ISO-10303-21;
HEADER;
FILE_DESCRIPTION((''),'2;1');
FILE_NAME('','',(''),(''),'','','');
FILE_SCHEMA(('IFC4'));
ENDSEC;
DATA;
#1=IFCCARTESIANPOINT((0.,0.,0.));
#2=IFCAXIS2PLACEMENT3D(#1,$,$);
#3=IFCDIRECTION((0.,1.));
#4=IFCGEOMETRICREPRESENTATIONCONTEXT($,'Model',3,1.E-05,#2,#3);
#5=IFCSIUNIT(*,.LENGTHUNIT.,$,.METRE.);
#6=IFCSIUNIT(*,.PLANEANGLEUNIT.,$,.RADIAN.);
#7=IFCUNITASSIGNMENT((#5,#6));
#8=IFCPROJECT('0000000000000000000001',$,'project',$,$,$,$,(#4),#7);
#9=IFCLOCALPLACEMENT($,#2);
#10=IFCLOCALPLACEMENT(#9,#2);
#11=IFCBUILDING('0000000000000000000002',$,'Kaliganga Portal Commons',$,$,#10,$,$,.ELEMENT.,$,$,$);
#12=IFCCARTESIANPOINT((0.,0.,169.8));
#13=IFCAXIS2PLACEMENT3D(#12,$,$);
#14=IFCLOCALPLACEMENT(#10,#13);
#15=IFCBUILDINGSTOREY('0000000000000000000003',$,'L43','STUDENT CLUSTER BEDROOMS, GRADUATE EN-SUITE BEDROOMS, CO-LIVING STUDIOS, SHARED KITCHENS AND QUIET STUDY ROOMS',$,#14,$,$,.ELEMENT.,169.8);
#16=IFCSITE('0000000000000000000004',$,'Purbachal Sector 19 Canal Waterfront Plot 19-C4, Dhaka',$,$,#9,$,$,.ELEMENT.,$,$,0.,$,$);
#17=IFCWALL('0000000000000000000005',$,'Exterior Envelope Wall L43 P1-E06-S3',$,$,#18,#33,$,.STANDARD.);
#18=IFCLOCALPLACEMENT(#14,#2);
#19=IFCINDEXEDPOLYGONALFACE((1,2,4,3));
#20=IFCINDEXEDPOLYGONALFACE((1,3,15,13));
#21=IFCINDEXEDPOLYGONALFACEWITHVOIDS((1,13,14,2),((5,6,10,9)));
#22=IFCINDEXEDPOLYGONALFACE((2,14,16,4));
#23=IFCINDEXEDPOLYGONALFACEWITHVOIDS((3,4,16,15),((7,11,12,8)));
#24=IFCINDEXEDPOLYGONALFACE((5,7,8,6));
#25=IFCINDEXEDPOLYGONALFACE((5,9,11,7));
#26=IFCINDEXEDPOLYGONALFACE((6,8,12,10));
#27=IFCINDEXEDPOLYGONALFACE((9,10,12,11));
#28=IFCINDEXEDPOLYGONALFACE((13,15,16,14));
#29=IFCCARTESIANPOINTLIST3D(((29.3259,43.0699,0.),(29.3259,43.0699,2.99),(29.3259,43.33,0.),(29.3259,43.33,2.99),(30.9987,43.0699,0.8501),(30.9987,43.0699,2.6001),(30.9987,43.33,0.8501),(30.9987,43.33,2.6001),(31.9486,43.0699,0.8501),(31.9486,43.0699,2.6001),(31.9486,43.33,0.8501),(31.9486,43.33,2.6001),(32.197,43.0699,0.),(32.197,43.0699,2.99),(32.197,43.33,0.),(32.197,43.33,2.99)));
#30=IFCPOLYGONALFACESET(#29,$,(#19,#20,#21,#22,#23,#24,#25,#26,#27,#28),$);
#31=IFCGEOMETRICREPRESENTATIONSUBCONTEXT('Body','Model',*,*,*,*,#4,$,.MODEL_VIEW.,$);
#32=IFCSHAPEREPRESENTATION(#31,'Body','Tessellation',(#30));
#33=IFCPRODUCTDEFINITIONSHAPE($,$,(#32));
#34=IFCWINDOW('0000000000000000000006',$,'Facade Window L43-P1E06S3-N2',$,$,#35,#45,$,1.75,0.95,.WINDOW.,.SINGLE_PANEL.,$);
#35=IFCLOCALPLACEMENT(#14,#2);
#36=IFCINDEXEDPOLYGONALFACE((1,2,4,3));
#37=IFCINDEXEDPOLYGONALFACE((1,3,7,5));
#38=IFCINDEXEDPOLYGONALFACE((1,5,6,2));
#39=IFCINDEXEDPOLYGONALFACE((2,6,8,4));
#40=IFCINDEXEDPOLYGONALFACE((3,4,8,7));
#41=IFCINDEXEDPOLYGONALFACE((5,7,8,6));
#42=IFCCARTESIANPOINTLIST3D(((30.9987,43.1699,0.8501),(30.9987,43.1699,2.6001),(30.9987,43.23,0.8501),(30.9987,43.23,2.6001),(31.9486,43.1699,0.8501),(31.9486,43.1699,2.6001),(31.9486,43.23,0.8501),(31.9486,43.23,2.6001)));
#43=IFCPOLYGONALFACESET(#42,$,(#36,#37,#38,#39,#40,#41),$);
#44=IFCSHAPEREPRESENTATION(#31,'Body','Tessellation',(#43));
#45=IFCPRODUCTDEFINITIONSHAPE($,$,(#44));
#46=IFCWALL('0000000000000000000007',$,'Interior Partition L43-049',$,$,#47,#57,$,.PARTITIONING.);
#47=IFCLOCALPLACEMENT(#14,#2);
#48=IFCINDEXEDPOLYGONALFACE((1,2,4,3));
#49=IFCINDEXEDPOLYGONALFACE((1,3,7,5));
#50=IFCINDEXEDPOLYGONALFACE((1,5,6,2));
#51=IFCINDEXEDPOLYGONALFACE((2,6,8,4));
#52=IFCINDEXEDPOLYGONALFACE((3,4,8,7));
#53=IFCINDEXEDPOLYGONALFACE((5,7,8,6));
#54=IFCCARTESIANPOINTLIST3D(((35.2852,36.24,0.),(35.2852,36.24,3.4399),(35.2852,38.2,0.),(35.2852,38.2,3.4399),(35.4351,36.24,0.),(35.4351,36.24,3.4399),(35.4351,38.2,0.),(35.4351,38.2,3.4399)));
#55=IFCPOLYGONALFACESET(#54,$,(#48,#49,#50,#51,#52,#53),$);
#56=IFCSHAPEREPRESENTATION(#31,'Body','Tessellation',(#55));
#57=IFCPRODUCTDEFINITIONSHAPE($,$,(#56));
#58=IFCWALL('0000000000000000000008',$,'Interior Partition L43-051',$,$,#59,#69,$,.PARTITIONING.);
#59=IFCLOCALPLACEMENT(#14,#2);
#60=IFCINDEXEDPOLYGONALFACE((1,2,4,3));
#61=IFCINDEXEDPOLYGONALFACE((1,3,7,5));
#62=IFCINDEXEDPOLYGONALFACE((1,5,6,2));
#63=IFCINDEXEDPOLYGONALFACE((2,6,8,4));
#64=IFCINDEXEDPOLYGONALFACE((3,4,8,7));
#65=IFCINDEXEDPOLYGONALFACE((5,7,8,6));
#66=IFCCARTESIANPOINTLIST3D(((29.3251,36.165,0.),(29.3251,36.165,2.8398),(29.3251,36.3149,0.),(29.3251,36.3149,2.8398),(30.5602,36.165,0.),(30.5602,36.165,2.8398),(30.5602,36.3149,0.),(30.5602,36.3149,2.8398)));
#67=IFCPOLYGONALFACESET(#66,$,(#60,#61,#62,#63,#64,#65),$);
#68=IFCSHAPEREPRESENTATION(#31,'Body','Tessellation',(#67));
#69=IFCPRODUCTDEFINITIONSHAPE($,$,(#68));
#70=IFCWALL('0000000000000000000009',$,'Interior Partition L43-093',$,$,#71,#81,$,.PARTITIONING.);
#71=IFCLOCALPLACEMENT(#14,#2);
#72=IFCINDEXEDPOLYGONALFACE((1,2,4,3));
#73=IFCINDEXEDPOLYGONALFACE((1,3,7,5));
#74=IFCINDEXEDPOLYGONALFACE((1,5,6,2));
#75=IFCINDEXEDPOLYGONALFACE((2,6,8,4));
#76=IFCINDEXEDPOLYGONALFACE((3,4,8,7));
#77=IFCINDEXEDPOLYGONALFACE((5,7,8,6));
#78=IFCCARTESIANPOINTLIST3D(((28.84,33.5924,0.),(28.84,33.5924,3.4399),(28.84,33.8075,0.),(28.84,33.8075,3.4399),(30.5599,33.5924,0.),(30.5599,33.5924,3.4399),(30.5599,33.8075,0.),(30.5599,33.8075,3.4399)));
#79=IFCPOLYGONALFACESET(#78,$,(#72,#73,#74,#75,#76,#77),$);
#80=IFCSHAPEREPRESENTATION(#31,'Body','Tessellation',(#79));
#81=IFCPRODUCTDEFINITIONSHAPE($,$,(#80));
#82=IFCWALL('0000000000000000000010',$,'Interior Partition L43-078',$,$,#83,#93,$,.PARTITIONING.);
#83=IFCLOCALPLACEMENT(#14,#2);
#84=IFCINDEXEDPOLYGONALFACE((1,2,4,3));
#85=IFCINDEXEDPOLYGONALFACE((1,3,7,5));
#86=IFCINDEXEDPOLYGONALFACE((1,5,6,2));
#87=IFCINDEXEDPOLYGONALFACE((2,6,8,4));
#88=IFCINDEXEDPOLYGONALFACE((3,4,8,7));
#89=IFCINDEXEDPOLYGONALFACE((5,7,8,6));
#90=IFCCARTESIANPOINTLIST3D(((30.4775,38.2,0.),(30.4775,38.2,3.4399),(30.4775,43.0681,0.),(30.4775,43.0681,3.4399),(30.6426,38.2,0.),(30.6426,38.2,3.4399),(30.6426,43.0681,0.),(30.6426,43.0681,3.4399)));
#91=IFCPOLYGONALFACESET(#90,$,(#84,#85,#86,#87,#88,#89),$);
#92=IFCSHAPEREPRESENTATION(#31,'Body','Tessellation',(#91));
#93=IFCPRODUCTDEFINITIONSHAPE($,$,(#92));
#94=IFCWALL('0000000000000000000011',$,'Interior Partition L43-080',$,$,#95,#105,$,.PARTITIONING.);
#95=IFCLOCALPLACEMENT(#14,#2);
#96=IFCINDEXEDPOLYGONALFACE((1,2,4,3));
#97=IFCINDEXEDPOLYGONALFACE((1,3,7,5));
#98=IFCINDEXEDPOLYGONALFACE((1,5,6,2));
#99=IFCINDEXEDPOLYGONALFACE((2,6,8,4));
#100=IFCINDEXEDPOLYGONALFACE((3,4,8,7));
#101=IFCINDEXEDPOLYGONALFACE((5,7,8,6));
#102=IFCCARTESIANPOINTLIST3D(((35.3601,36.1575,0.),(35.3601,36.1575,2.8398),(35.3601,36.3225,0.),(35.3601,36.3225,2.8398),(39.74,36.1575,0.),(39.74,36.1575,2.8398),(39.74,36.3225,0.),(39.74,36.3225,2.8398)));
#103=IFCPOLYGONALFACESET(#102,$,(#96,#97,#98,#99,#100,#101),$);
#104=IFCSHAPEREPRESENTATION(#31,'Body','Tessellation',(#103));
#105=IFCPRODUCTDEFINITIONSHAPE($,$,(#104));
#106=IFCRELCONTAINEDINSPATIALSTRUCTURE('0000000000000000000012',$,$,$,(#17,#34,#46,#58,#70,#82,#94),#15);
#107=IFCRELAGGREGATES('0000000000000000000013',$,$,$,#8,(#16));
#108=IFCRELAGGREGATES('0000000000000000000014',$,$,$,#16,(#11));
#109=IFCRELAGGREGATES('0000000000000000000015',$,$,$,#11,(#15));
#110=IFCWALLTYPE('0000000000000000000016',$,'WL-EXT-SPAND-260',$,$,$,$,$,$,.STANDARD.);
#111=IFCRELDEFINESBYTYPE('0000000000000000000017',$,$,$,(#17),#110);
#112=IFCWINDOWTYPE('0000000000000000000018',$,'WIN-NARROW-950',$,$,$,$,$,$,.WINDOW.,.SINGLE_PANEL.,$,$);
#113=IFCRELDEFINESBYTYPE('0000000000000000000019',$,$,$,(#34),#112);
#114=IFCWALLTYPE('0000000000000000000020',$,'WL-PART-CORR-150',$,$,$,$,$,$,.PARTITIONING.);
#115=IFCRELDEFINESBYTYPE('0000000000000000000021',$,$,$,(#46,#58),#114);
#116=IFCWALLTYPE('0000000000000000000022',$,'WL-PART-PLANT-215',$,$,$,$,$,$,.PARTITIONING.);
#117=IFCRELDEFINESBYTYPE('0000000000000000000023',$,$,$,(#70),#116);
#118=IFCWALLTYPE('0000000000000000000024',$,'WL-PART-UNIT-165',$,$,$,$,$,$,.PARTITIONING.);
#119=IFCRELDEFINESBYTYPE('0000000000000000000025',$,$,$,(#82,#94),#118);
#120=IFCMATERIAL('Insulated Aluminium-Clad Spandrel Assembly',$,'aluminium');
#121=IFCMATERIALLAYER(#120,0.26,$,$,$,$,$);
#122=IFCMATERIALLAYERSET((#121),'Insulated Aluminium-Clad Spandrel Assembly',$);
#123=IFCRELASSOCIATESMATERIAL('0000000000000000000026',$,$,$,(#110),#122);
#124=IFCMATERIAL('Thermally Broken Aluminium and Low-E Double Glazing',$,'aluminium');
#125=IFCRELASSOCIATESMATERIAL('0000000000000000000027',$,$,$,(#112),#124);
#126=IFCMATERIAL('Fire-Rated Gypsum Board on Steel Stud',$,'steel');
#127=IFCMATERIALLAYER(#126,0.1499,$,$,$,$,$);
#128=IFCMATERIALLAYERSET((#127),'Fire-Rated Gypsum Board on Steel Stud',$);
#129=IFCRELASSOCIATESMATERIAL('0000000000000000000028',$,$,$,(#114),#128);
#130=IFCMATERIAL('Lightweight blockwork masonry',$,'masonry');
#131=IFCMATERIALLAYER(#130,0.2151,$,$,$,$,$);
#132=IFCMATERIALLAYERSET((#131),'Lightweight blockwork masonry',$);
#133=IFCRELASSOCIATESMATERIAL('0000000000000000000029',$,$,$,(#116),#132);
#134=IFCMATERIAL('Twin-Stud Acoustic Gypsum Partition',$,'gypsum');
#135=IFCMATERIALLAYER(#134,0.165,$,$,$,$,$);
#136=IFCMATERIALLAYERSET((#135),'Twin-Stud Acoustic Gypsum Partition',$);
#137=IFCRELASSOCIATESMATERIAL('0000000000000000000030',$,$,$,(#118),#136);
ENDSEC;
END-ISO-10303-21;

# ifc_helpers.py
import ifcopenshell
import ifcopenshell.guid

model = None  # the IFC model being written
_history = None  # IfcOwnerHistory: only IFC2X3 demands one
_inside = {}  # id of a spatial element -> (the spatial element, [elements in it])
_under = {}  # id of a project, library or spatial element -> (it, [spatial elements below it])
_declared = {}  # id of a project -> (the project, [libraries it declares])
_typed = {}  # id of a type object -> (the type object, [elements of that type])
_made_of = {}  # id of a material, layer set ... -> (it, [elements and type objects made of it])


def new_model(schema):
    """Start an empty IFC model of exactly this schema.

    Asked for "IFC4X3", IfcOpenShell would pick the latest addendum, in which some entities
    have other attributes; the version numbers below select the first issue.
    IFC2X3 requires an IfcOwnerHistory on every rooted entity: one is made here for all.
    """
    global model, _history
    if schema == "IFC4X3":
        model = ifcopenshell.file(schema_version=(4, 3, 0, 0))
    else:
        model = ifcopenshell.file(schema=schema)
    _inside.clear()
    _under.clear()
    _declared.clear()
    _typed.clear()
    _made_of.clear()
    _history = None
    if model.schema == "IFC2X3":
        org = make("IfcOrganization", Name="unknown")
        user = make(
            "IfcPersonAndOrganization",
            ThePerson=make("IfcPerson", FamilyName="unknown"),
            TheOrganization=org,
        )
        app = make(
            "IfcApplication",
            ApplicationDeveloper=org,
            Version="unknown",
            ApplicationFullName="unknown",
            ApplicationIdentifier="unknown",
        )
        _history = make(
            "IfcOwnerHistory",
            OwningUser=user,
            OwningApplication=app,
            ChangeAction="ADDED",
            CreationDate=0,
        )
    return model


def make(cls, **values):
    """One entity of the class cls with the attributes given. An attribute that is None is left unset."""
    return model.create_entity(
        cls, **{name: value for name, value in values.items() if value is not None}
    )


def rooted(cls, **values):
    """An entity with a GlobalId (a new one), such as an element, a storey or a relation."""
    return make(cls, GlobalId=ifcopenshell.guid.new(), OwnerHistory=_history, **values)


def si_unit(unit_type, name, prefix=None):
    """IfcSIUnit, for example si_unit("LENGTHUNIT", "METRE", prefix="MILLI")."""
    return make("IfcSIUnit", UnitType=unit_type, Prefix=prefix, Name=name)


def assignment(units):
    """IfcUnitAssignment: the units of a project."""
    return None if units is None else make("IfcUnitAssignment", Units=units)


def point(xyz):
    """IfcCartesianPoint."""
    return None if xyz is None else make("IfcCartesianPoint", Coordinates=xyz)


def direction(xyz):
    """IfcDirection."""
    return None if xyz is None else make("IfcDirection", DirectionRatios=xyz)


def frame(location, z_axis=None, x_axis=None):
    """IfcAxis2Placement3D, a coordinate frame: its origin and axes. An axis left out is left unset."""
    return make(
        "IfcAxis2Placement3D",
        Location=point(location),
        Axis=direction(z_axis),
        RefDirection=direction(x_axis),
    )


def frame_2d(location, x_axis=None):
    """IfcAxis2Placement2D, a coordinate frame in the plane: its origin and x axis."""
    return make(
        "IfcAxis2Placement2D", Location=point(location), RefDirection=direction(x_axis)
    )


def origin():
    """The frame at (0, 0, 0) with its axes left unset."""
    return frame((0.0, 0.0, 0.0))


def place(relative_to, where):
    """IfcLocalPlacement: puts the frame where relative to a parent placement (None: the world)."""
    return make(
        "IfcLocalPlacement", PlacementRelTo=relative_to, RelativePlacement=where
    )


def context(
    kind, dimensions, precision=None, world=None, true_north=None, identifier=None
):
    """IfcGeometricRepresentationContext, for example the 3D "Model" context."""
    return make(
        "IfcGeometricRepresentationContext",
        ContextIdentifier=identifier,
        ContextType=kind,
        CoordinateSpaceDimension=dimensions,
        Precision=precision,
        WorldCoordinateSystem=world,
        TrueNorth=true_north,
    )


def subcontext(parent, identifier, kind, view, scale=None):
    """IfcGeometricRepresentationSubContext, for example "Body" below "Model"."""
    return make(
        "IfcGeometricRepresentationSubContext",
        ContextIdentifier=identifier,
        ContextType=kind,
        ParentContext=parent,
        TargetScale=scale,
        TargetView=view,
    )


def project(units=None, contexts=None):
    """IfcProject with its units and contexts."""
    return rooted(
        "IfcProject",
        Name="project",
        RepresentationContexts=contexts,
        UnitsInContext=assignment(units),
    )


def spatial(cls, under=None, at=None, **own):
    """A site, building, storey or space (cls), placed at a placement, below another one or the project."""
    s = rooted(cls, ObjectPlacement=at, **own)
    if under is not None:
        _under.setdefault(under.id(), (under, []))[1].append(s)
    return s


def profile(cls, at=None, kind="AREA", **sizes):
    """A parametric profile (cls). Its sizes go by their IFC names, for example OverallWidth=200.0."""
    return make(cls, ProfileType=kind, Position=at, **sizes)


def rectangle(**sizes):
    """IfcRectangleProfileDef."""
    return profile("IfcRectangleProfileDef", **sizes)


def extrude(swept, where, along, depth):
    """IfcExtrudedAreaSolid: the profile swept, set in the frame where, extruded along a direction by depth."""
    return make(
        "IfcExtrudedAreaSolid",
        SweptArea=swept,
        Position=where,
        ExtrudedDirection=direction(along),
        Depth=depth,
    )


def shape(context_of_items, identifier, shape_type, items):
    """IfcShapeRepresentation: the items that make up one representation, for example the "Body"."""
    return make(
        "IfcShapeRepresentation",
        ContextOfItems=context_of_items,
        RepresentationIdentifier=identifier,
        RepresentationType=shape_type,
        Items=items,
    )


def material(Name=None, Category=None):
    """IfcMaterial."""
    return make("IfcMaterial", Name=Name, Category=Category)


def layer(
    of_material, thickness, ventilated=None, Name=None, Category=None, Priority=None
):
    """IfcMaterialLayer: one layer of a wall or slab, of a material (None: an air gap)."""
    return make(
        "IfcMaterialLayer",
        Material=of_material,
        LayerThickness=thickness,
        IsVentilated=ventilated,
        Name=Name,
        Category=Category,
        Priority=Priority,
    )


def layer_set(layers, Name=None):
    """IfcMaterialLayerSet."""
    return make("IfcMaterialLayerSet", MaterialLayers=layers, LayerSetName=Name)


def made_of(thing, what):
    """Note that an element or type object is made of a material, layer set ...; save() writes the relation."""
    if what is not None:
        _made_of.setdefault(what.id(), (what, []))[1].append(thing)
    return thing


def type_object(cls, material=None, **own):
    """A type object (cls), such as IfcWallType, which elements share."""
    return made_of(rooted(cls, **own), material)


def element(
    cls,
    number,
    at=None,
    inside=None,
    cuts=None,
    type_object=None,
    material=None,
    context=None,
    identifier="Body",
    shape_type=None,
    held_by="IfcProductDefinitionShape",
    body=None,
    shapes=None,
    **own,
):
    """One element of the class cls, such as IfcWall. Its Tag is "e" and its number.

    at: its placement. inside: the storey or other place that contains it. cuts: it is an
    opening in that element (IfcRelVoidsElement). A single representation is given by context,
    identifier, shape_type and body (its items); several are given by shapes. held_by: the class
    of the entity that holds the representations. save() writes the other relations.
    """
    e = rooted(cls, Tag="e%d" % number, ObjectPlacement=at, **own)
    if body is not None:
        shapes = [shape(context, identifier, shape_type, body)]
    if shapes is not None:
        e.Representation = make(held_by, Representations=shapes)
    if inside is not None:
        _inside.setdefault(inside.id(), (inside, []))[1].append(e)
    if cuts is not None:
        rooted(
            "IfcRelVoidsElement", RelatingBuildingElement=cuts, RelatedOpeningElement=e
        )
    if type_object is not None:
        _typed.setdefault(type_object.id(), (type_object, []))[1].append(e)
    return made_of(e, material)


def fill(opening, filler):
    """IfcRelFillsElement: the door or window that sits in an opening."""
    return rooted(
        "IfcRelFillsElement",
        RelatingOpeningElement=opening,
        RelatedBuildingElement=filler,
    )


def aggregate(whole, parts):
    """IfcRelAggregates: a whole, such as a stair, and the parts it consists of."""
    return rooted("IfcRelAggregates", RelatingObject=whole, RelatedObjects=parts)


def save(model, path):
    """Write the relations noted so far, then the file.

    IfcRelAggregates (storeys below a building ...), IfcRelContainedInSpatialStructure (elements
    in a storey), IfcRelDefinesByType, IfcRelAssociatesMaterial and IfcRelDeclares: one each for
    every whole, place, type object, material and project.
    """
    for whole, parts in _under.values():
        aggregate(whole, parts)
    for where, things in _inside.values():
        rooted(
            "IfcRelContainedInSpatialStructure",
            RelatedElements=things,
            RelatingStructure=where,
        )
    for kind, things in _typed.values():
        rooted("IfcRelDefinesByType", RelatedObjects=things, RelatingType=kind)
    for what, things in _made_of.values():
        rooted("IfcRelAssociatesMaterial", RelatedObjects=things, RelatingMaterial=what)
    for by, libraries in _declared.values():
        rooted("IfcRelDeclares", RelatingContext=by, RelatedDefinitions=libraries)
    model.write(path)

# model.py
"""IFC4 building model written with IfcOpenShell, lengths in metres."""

from ifc_helpers import new_model, si_unit, direction, frame, frame_2d, origin, place, context, subcontext, project, spatial, rectangle, extrude, material, layer, layer_set, type_object, element, fill, save


model = new_model("IFC4")

# Units and contexts
model_context = context("Model", 3, precision=1e-05, world=origin(), true_north=direction((0.0, 1.0)))
body_context = subcontext(model_context, "Body", "Model", "MODEL_VIEW")
ifc_project = project(units=[si_unit("LENGTHUNIT", "METRE"), si_unit("PLANEANGLEUNIT", "RADIAN")], contexts=[model_context])

# Site, building, storey
site_placement = place(None, origin())
site = spatial("IfcSite", under=ifc_project, at=site_placement, Name="Purbachal Sector 19 Canal Waterfront Plot 19-C4, Dhaka", CompositionType="ELEMENT", RefElevation=0.0)
building_placement = place(site_placement, origin())
building = spatial("IfcBuilding", under=site, at=building_placement, Name="Kaliganga Portal Commons", CompositionType="ELEMENT")
storey_placement = place(building_placement, frame((0.0, 0.0, 169.8)))
storey = spatial("IfcBuildingStorey", under=building, at=storey_placement, Name="L43", Description="STUDENT CLUSTER BEDROOMS, GRADUATE EN-SUITE BEDROOMS, CO-LIVING STUDIOS, SHARED KITCHENS AND QUIET STUDY ROOMS", CompositionType="ELEMENT", Elevation=169.8)

# Wall, opening, window
ifc_material_1 = material(Name="Insulated Aluminium-Clad Spandrel Assembly", Category="aluminium")
ifc_layer_1 = layer(ifc_material_1, 0.26)
ifc_layer_set_1 = layer_set([ifc_layer_1], Name="Insulated Aluminium-Clad Spandrel Assembly")
wall_type_1 = type_object("IfcWallType", Name="WL-EXT-SPAND-260", PredefinedType="STANDARD", material=ifc_layer_set_1)
ifc_material_2 = material(Name="Thermally Broken Aluminium and Low-E Double Glazing", Category="aluminium")
window_type = type_object("IfcWindowType", Name="WIN-NARROW-950", PartitioningType="SINGLE_PANEL", PredefinedType="WINDOW", material=ifc_material_2)
wall_1_placement = place(storey_placement, frame((29.3259, 43.2, 0.0), z_axis=(0.0, 0.0, 1.0), x_axis=(1.0, 0.0, 0.0)))
wall_1 = element("IfcWall", 1, at=wall_1_placement, inside=storey, type_object=wall_type_1, Name="Exterior Envelope Wall L43 P1-E06-S3", PredefinedType="STANDARD", context=body_context, shape_type="SweptSolid", body=[
    extrude(rectangle(XDim=2.8711, YDim=0.26, at=frame_2d((1.4355, 0.0))), origin(), (0.0, 0.0, 1.0), 2.99),
])
opening_1_placement = place(wall_1_placement, frame((1.6726, 0.0, 0.8501)))
opening_1 = element("IfcOpeningElement", 2, at=opening_1_placement, cuts=wall_1, PredefinedType="OPENING", context=body_context, shape_type="SweptSolid", body=[
    extrude(rectangle(XDim=0.95, YDim=1.75, at=frame_2d((0.4751, 0.875))), frame((0.0, 0.1401, 0.0), z_axis=(0.0, -1.0, 0.0), x_axis=(1.0, 0.0, 0.0)), (0.0, 0.0, 1.0), 0.28),
])
window_1_placement = place(opening_1_placement, origin())
window_1 = element("IfcWindow", 3, at=window_1_placement, inside=storey, type_object=window_type, Name="Facade Window L43-P1E06S3-N2", OverallHeight=1.75, OverallWidth=0.95, PartitioningType="SINGLE_PANEL", PredefinedType="WINDOW", context=body_context, shape_type="SweptSolid", body=[
    extrude(rectangle(XDim=0.95, YDim=1.75, at=frame_2d((0.4751, 0.875))), frame((0.0, 0.03, 0.0), z_axis=(0.0, -1.0, 0.0), x_axis=(1.0, 0.0, 0.0)), (0.0, 0.0, 1.0), 0.0601),
])
fill(opening_1, window_1)

# Shared definitions
ifc_material_3 = material(Name="Fire-Rated Gypsum Board on Steel Stud", Category="steel")
ifc_layer_2 = layer(ifc_material_3, 0.1499)
ifc_layer_set_2 = layer_set([ifc_layer_2], Name="Fire-Rated Gypsum Board on Steel Stud")
wall_type_2 = type_object("IfcWallType", Name="WL-PART-CORR-150", PredefinedType="PARTITIONING", material=ifc_layer_set_2)

# Walls
wall_2_placement = place(storey_placement, frame((35.3601, 36.24, 0.0), z_axis=(0.0, 0.0, 1.0), x_axis=(0.0, 1.0, 0.0)))
element("IfcWall", 4, at=wall_2_placement, inside=storey, type_object=wall_type_2, Name="Interior Partition L43-049", PredefinedType="PARTITIONING", context=body_context, shape_type="SweptSolid", body=[
    extrude(rectangle(XDim=1.96, YDim=0.1499, at=frame_2d((0.98, 0.0))), origin(), (0.0, 0.0, 1.0), 3.4399),
])
wall_3_placement = place(storey_placement, frame((29.325, 36.24, 0.0), z_axis=(0.0, 0.0, 1.0), x_axis=(1.0, 0.0, 0.0)))
element("IfcWall", 5, at=wall_3_placement, inside=storey, type_object=wall_type_2, Name="Interior Partition L43-051", PredefinedType="PARTITIONING", context=body_context, shape_type="SweptSolid", body=[
    extrude(rectangle(XDim=1.2351, YDim=0.1499, at=frame_2d((0.6177, 0.0))), origin(), (0.0, 0.0, 1.0), 2.8398),
])
ifc_material_4 = material(Name="Lightweight blockwork masonry", Category="masonry")
ifc_layer_3 = layer(ifc_material_4, 0.2151)
ifc_layer_set_3 = layer_set([ifc_layer_3], Name="Lightweight blockwork masonry")
wall_type_3 = type_object("IfcWallType", Name="WL-PART-PLANT-215", PredefinedType="PARTITIONING", material=ifc_layer_set_3)
wall_4_placement = place(storey_placement, frame((28.8401, 33.7, 0.0), z_axis=(0.0, 0.0, 1.0), x_axis=(1.0, 0.0, 0.0)))
element("IfcWall", 6, at=wall_4_placement, inside=storey, type_object=wall_type_3, Name="Interior Partition L43-093", PredefinedType="PARTITIONING", context=body_context, shape_type="SweptSolid", body=[
    extrude(rectangle(XDim=1.72, YDim=0.2151, at=frame_2d((0.8599, 0.0))), origin(), (0.0, 0.0, 1.0), 3.4399),
])
ifc_material_5 = material(Name="Twin-Stud Acoustic Gypsum Partition", Category="gypsum")
ifc_layer_4 = layer(ifc_material_5, 0.165)
ifc_layer_set_4 = layer_set([ifc_layer_4], Name="Twin-Stud Acoustic Gypsum Partition")
wall_type_4 = type_object("IfcWallType", Name="WL-PART-UNIT-165", PredefinedType="PARTITIONING", material=ifc_layer_set_4)
wall_5_placement = place(storey_placement, frame((30.5601, 38.2, 0.0), z_axis=(0.0, 0.0, 1.0), x_axis=(0.0, 1.0, 0.0)))
element("IfcWall", 7, at=wall_5_placement, inside=storey, type_object=wall_type_4, Name="Interior Partition L43-078", PredefinedType="PARTITIONING", context=body_context, shape_type="SweptSolid", body=[
    extrude(rectangle(XDim=4.8682, YDim=0.165, at=frame_2d((2.4341, 0.0))), origin(), (0.0, 0.0, 1.0), 3.4399),
])
wall_6_placement = place(storey_placement, frame((35.3601, 36.24, 0.0), z_axis=(0.0, 0.0, 1.0), x_axis=(1.0, 0.0, 0.0)))
element("IfcWall", 8, at=wall_6_placement, inside=storey, type_object=wall_type_4, Name="Interior Partition L43-080", PredefinedType="PARTITIONING", context=body_context, shape_type="SweptSolid", body=[
    extrude(rectangle(XDim=4.3799, YDim=0.165, at=frame_2d((2.1899, 0.0))), origin(), (0.0, 0.0, 1.0), 2.8398),
])

save(model, "model.ifc")
